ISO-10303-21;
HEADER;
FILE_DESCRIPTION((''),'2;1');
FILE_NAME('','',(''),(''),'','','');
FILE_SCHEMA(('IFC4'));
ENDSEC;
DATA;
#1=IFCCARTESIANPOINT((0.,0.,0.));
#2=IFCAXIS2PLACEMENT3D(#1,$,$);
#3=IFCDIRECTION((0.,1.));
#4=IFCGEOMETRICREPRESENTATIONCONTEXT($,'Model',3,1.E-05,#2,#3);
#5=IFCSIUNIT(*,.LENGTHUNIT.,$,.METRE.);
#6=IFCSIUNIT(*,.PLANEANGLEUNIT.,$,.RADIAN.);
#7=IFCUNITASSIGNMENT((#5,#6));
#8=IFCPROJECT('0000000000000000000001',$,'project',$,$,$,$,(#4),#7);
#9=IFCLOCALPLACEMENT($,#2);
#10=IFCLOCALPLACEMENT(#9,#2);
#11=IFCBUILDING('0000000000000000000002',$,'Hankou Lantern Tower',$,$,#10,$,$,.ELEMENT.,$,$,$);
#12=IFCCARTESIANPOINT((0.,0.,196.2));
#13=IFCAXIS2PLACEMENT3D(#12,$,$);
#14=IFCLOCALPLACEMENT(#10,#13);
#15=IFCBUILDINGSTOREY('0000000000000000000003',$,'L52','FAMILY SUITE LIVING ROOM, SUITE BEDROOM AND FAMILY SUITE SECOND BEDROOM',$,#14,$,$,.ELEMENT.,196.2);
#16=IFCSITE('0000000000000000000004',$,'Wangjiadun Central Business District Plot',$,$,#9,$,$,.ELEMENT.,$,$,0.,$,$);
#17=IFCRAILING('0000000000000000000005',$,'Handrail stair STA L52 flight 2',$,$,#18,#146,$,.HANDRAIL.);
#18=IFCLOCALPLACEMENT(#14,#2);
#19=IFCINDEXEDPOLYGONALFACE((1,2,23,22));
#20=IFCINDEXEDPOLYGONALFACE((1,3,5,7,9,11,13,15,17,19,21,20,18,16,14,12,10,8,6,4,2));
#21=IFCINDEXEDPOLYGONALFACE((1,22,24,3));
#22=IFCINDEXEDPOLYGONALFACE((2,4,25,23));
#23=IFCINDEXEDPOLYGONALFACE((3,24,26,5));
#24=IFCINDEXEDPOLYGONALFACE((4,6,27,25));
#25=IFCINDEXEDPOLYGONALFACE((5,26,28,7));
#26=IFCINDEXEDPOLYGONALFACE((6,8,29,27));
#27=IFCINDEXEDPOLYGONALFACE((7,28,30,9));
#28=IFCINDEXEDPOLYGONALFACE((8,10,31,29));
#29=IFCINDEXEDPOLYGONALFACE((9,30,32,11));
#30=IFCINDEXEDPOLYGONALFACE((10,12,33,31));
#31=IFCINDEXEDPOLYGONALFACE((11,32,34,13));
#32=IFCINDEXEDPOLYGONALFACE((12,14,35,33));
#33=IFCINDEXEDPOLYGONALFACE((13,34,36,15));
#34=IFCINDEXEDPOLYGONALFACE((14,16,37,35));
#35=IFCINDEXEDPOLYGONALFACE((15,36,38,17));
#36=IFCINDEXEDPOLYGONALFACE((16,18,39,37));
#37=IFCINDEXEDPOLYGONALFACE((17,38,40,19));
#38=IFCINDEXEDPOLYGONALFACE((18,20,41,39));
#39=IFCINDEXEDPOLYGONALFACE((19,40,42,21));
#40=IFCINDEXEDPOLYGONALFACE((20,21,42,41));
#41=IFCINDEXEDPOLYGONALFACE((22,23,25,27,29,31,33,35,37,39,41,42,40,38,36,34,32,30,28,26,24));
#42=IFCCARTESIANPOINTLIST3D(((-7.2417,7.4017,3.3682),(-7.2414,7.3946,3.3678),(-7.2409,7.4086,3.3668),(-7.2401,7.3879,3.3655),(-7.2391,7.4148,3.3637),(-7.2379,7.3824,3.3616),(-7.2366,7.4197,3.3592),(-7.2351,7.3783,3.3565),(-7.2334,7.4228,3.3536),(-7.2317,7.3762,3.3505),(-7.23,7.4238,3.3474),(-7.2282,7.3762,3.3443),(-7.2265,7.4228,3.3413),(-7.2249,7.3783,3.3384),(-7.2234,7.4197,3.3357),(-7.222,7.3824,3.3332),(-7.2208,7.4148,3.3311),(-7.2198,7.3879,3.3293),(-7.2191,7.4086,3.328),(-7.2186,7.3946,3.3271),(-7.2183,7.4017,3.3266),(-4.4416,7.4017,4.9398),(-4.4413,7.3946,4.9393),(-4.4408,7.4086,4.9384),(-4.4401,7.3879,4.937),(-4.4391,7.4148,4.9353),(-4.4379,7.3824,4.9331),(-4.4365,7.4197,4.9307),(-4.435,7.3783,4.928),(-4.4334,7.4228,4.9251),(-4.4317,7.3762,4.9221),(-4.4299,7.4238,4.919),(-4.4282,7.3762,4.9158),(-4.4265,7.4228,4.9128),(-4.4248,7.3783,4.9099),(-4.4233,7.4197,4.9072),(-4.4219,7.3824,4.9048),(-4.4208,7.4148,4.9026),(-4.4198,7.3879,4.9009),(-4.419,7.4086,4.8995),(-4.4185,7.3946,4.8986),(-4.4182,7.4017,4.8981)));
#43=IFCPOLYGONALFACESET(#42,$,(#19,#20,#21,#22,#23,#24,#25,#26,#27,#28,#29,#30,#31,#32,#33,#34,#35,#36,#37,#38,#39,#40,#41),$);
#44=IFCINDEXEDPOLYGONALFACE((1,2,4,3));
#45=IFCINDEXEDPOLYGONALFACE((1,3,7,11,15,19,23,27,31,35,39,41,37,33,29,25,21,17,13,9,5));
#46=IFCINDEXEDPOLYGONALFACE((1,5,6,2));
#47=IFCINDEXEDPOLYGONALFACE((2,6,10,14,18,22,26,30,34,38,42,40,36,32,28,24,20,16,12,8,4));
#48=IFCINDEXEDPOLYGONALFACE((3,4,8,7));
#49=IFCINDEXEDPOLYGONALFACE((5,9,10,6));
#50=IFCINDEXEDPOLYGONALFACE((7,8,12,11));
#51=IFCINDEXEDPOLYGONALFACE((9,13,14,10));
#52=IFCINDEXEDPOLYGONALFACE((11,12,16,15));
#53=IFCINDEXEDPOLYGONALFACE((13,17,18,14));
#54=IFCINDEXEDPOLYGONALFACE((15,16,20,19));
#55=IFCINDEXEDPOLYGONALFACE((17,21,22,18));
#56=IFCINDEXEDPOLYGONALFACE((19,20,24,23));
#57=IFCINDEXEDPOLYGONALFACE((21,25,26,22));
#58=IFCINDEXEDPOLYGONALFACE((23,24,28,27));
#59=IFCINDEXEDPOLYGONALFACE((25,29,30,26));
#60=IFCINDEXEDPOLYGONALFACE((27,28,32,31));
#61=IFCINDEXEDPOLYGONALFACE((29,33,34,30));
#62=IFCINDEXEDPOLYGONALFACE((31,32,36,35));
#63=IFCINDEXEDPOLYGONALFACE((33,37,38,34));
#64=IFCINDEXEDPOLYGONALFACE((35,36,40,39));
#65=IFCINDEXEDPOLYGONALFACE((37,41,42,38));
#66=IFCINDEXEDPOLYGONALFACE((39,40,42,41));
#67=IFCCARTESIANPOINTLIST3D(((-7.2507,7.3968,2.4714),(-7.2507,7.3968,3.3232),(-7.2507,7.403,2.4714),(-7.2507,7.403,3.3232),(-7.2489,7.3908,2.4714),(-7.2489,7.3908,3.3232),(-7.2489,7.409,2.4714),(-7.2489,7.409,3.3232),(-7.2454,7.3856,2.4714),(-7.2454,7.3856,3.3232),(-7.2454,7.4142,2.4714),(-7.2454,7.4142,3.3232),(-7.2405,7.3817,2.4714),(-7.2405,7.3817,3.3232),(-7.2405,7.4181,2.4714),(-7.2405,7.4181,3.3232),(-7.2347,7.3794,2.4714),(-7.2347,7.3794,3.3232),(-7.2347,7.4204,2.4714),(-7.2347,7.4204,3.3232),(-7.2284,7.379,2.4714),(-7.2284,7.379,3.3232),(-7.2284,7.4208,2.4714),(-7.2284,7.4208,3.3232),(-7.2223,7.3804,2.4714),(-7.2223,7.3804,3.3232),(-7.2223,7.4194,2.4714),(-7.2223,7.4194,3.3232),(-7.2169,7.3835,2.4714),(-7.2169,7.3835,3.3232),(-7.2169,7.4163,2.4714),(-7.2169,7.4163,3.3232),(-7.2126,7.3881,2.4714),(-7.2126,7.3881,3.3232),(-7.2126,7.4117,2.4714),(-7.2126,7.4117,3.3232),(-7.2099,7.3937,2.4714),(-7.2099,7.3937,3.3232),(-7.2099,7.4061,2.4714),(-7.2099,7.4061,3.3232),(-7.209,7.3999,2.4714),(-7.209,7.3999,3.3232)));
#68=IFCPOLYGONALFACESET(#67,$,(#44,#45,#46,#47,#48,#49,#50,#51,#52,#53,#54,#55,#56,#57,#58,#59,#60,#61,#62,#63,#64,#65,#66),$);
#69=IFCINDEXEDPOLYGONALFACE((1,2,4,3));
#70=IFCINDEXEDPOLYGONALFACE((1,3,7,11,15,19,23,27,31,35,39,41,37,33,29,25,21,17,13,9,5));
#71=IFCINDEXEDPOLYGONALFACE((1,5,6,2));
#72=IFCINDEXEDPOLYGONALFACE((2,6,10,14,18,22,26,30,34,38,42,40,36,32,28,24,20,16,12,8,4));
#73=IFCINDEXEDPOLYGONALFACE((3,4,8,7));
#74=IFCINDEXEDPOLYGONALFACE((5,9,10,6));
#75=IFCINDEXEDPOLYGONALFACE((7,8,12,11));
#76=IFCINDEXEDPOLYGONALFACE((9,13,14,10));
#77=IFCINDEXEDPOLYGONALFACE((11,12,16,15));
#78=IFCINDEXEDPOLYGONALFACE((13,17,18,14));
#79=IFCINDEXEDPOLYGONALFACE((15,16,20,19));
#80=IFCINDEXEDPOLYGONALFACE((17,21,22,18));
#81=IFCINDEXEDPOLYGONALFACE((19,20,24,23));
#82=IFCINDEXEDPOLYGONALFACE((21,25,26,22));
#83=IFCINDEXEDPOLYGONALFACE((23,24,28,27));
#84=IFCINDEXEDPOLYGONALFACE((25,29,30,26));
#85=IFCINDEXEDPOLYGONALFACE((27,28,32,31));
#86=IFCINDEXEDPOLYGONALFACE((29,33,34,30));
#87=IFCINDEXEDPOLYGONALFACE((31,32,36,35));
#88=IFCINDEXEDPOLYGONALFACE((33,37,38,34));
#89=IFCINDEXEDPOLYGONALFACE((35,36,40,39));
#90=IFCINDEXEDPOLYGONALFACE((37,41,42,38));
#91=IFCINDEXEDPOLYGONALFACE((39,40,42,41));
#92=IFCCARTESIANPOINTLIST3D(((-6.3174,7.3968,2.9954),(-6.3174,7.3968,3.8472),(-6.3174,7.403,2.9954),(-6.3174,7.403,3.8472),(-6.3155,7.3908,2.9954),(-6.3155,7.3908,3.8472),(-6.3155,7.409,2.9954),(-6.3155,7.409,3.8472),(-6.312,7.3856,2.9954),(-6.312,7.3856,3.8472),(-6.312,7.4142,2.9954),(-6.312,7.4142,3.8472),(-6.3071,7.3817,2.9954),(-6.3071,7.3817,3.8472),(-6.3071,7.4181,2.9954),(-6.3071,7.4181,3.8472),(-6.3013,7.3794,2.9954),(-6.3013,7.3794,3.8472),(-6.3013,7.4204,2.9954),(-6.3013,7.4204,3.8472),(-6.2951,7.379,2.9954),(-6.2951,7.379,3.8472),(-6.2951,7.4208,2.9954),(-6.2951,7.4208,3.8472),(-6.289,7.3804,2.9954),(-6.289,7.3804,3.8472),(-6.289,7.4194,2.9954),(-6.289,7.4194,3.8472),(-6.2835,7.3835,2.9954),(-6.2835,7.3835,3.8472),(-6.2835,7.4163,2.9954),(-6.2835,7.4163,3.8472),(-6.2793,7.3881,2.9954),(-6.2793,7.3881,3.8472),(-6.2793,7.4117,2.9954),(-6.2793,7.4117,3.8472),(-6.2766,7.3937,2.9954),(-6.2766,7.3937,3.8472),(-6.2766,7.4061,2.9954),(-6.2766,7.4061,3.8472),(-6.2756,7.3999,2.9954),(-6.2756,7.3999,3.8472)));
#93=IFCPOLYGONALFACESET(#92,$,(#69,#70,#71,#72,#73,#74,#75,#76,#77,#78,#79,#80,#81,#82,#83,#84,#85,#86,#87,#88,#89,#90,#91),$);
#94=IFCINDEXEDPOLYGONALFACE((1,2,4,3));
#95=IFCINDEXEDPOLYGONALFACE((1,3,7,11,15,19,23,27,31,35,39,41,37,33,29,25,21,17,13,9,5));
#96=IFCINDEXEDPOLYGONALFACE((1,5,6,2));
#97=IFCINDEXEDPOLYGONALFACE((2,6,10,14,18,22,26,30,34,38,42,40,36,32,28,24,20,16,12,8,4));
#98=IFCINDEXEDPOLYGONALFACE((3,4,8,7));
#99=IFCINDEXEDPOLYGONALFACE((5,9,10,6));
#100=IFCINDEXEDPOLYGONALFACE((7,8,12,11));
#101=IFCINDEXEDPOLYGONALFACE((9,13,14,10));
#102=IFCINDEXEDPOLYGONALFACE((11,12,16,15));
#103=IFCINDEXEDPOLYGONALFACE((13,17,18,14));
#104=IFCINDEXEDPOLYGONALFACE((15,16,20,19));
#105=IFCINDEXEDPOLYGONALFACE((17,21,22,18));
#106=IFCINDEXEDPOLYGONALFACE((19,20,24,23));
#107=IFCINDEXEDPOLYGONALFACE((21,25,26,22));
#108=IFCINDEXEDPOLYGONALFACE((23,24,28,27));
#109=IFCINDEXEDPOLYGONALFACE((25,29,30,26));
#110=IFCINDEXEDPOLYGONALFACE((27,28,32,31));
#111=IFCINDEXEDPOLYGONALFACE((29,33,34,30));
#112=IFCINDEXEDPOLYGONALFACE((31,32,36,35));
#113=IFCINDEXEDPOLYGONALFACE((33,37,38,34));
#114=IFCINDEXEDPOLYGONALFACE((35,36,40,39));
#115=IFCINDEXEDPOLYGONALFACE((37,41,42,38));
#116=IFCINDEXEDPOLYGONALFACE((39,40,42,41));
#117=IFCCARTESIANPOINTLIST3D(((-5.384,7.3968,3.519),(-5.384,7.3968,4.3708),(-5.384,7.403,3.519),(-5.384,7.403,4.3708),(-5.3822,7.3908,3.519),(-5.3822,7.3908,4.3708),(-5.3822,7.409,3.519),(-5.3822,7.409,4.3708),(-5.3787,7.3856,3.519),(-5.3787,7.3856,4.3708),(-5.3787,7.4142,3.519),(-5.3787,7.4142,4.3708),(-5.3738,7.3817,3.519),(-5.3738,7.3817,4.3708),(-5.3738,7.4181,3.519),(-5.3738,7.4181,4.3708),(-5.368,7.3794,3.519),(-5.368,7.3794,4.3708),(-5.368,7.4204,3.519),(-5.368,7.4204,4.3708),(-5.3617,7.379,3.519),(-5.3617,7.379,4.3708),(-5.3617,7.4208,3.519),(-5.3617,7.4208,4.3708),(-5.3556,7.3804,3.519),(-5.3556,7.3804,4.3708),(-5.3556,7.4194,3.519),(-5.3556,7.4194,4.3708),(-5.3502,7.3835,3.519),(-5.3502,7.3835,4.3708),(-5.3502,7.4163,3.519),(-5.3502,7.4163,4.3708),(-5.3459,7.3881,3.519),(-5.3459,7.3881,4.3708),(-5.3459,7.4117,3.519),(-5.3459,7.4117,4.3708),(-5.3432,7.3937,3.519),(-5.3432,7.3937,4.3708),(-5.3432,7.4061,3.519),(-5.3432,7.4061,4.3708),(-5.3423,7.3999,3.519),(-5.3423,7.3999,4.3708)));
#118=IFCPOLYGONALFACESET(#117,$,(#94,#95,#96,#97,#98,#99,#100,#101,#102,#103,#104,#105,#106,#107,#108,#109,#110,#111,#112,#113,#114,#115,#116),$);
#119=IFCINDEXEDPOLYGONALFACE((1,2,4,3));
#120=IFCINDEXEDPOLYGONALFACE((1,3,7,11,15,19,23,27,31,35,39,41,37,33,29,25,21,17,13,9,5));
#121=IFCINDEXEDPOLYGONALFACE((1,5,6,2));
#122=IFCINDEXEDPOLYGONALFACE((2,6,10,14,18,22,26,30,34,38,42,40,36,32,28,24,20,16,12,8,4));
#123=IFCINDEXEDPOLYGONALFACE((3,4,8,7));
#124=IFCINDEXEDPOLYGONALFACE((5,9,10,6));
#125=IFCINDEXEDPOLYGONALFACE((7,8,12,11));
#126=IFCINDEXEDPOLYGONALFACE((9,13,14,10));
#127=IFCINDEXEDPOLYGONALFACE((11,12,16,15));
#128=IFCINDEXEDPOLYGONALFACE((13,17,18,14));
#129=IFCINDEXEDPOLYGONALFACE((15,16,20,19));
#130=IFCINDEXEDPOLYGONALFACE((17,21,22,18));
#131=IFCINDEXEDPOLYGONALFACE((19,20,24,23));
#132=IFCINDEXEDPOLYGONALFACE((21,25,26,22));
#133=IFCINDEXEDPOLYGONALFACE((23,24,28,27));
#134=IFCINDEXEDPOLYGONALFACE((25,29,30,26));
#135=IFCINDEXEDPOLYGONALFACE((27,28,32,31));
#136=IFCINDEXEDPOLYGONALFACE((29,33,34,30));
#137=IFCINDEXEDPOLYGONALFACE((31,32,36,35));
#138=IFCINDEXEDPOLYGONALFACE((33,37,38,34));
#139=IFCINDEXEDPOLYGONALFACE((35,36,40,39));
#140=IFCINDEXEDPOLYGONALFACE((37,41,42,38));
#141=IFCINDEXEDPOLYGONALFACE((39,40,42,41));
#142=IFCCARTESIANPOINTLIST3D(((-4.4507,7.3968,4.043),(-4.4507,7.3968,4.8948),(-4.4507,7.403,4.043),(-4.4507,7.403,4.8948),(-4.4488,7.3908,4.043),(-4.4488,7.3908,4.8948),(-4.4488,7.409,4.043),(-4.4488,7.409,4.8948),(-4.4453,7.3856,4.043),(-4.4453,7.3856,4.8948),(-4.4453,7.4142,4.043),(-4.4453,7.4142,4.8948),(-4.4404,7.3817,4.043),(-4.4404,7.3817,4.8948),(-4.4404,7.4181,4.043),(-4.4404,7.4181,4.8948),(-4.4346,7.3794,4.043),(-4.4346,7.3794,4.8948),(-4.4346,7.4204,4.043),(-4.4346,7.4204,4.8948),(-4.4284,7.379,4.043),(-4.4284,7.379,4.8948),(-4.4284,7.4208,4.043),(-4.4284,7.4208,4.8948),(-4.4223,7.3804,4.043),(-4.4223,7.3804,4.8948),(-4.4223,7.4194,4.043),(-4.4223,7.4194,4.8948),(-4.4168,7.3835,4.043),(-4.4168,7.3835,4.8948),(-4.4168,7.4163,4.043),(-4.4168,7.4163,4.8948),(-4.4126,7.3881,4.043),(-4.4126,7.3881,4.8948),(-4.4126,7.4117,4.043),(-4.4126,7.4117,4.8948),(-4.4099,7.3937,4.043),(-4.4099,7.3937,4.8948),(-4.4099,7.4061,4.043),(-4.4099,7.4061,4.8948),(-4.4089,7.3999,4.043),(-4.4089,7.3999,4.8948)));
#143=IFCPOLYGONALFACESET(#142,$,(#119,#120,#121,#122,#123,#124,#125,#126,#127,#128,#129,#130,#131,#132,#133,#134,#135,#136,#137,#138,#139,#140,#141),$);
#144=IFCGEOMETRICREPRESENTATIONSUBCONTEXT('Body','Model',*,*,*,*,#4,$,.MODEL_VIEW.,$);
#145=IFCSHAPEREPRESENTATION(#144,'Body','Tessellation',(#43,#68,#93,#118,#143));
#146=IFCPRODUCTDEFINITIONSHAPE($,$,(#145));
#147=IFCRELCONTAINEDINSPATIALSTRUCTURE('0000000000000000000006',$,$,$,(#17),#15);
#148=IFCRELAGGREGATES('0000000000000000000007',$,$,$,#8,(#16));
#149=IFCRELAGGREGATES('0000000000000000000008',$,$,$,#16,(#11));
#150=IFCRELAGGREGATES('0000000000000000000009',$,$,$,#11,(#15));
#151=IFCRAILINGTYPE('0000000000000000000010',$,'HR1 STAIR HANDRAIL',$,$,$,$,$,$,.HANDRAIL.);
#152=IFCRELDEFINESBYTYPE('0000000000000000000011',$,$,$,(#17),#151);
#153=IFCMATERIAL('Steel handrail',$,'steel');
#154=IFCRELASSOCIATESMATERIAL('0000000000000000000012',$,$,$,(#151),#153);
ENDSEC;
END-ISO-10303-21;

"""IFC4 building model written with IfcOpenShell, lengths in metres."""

from ifc_helpers import new_model, si_unit, direction, frame, origin, origin_2d, place, context, subcontext, project, spatial, circle, extrude, material, type_object, element, save


model = new_model("IFC4")

# Units and contexts
model_context = context("Model", 3, precision=1e-05, world=origin(), true_north=direction((0.0, 1.0)))
body_context = subcontext(model_context, "Body", "Model", "MODEL_VIEW")
ifc_project = project(units=[si_unit("LENGTHUNIT", "METRE"), si_unit("PLANEANGLEUNIT", "RADIAN")], contexts=[model_context])

# Site, building, storey
site_placement = place(None, origin())
site = spatial("IfcSite", under=ifc_project, at=site_placement, Name="Wangjiadun Central Business District Plot", CompositionType="ELEMENT", RefElevation=0.0)
building_placement = place(site_placement, origin())
building = spatial("IfcBuilding", under=site, at=building_placement, Name="Hankou Lantern Tower", CompositionType="ELEMENT")
storey_placement = place(building_placement, frame((0.0, 0.0, 196.2)))
storey = spatial("IfcBuildingStorey", under=building, at=storey_placement, Name="L52", Description="FAMILY SUITE LIVING ROOM, SUITE BEDROOM AND FAMILY SUITE SECOND BEDROOM", CompositionType="ELEMENT", Elevation=196.2)

# Railing
ifc_material_1 = material(Name="Steel handrail", Category="steel")
railing_type = type_object("IfcRailingType", Name="HR1 STAIR HANDRAIL", PredefinedType="HANDRAIL", material=ifc_material_1)
railing_1_placement = place(storey_placement, frame((-7.23, 7.3999, 2.4714)))
element("IfcRailing", 1, at=railing_1_placement, inside=storey, type_object=railing_type, Name="Handrail stair STA L52 flight 2", PredefinedType="HANDRAIL", context=body_context, shape_type="SweptSolid", body=[
    extrude(circle(Radius=0.0239, at=origin_2d()), frame((0.0, 0.0, 0.876), z_axis=(0.87204, 0.0, 0.489434), x_axis=(0.0, 1.0, 0.0)), (0.0, 0.0, 1.0), 3.2109),
    extrude(circle(Radius=0.021, at=origin_2d()), origin(), (0.0, 0.0, 1.0), 0.8518),
    extrude(circle(Radius=0.021, at=origin_2d()), frame((0.9333, 0.0, 0.5239)), (0.0, 0.0, 1.0), 0.8518),
    extrude(circle(Radius=0.021, at=origin_2d()), frame((1.8667, 0.0, 1.0476)), (0.0, 0.0, 1.0), 0.8518),
    extrude(circle(Radius=0.021, at=origin_2d()), frame((2.8, 0.0, 1.5715)), (0.0, 0.0, 1.0), 0.8518),
])

save(model, "model.ifc")
